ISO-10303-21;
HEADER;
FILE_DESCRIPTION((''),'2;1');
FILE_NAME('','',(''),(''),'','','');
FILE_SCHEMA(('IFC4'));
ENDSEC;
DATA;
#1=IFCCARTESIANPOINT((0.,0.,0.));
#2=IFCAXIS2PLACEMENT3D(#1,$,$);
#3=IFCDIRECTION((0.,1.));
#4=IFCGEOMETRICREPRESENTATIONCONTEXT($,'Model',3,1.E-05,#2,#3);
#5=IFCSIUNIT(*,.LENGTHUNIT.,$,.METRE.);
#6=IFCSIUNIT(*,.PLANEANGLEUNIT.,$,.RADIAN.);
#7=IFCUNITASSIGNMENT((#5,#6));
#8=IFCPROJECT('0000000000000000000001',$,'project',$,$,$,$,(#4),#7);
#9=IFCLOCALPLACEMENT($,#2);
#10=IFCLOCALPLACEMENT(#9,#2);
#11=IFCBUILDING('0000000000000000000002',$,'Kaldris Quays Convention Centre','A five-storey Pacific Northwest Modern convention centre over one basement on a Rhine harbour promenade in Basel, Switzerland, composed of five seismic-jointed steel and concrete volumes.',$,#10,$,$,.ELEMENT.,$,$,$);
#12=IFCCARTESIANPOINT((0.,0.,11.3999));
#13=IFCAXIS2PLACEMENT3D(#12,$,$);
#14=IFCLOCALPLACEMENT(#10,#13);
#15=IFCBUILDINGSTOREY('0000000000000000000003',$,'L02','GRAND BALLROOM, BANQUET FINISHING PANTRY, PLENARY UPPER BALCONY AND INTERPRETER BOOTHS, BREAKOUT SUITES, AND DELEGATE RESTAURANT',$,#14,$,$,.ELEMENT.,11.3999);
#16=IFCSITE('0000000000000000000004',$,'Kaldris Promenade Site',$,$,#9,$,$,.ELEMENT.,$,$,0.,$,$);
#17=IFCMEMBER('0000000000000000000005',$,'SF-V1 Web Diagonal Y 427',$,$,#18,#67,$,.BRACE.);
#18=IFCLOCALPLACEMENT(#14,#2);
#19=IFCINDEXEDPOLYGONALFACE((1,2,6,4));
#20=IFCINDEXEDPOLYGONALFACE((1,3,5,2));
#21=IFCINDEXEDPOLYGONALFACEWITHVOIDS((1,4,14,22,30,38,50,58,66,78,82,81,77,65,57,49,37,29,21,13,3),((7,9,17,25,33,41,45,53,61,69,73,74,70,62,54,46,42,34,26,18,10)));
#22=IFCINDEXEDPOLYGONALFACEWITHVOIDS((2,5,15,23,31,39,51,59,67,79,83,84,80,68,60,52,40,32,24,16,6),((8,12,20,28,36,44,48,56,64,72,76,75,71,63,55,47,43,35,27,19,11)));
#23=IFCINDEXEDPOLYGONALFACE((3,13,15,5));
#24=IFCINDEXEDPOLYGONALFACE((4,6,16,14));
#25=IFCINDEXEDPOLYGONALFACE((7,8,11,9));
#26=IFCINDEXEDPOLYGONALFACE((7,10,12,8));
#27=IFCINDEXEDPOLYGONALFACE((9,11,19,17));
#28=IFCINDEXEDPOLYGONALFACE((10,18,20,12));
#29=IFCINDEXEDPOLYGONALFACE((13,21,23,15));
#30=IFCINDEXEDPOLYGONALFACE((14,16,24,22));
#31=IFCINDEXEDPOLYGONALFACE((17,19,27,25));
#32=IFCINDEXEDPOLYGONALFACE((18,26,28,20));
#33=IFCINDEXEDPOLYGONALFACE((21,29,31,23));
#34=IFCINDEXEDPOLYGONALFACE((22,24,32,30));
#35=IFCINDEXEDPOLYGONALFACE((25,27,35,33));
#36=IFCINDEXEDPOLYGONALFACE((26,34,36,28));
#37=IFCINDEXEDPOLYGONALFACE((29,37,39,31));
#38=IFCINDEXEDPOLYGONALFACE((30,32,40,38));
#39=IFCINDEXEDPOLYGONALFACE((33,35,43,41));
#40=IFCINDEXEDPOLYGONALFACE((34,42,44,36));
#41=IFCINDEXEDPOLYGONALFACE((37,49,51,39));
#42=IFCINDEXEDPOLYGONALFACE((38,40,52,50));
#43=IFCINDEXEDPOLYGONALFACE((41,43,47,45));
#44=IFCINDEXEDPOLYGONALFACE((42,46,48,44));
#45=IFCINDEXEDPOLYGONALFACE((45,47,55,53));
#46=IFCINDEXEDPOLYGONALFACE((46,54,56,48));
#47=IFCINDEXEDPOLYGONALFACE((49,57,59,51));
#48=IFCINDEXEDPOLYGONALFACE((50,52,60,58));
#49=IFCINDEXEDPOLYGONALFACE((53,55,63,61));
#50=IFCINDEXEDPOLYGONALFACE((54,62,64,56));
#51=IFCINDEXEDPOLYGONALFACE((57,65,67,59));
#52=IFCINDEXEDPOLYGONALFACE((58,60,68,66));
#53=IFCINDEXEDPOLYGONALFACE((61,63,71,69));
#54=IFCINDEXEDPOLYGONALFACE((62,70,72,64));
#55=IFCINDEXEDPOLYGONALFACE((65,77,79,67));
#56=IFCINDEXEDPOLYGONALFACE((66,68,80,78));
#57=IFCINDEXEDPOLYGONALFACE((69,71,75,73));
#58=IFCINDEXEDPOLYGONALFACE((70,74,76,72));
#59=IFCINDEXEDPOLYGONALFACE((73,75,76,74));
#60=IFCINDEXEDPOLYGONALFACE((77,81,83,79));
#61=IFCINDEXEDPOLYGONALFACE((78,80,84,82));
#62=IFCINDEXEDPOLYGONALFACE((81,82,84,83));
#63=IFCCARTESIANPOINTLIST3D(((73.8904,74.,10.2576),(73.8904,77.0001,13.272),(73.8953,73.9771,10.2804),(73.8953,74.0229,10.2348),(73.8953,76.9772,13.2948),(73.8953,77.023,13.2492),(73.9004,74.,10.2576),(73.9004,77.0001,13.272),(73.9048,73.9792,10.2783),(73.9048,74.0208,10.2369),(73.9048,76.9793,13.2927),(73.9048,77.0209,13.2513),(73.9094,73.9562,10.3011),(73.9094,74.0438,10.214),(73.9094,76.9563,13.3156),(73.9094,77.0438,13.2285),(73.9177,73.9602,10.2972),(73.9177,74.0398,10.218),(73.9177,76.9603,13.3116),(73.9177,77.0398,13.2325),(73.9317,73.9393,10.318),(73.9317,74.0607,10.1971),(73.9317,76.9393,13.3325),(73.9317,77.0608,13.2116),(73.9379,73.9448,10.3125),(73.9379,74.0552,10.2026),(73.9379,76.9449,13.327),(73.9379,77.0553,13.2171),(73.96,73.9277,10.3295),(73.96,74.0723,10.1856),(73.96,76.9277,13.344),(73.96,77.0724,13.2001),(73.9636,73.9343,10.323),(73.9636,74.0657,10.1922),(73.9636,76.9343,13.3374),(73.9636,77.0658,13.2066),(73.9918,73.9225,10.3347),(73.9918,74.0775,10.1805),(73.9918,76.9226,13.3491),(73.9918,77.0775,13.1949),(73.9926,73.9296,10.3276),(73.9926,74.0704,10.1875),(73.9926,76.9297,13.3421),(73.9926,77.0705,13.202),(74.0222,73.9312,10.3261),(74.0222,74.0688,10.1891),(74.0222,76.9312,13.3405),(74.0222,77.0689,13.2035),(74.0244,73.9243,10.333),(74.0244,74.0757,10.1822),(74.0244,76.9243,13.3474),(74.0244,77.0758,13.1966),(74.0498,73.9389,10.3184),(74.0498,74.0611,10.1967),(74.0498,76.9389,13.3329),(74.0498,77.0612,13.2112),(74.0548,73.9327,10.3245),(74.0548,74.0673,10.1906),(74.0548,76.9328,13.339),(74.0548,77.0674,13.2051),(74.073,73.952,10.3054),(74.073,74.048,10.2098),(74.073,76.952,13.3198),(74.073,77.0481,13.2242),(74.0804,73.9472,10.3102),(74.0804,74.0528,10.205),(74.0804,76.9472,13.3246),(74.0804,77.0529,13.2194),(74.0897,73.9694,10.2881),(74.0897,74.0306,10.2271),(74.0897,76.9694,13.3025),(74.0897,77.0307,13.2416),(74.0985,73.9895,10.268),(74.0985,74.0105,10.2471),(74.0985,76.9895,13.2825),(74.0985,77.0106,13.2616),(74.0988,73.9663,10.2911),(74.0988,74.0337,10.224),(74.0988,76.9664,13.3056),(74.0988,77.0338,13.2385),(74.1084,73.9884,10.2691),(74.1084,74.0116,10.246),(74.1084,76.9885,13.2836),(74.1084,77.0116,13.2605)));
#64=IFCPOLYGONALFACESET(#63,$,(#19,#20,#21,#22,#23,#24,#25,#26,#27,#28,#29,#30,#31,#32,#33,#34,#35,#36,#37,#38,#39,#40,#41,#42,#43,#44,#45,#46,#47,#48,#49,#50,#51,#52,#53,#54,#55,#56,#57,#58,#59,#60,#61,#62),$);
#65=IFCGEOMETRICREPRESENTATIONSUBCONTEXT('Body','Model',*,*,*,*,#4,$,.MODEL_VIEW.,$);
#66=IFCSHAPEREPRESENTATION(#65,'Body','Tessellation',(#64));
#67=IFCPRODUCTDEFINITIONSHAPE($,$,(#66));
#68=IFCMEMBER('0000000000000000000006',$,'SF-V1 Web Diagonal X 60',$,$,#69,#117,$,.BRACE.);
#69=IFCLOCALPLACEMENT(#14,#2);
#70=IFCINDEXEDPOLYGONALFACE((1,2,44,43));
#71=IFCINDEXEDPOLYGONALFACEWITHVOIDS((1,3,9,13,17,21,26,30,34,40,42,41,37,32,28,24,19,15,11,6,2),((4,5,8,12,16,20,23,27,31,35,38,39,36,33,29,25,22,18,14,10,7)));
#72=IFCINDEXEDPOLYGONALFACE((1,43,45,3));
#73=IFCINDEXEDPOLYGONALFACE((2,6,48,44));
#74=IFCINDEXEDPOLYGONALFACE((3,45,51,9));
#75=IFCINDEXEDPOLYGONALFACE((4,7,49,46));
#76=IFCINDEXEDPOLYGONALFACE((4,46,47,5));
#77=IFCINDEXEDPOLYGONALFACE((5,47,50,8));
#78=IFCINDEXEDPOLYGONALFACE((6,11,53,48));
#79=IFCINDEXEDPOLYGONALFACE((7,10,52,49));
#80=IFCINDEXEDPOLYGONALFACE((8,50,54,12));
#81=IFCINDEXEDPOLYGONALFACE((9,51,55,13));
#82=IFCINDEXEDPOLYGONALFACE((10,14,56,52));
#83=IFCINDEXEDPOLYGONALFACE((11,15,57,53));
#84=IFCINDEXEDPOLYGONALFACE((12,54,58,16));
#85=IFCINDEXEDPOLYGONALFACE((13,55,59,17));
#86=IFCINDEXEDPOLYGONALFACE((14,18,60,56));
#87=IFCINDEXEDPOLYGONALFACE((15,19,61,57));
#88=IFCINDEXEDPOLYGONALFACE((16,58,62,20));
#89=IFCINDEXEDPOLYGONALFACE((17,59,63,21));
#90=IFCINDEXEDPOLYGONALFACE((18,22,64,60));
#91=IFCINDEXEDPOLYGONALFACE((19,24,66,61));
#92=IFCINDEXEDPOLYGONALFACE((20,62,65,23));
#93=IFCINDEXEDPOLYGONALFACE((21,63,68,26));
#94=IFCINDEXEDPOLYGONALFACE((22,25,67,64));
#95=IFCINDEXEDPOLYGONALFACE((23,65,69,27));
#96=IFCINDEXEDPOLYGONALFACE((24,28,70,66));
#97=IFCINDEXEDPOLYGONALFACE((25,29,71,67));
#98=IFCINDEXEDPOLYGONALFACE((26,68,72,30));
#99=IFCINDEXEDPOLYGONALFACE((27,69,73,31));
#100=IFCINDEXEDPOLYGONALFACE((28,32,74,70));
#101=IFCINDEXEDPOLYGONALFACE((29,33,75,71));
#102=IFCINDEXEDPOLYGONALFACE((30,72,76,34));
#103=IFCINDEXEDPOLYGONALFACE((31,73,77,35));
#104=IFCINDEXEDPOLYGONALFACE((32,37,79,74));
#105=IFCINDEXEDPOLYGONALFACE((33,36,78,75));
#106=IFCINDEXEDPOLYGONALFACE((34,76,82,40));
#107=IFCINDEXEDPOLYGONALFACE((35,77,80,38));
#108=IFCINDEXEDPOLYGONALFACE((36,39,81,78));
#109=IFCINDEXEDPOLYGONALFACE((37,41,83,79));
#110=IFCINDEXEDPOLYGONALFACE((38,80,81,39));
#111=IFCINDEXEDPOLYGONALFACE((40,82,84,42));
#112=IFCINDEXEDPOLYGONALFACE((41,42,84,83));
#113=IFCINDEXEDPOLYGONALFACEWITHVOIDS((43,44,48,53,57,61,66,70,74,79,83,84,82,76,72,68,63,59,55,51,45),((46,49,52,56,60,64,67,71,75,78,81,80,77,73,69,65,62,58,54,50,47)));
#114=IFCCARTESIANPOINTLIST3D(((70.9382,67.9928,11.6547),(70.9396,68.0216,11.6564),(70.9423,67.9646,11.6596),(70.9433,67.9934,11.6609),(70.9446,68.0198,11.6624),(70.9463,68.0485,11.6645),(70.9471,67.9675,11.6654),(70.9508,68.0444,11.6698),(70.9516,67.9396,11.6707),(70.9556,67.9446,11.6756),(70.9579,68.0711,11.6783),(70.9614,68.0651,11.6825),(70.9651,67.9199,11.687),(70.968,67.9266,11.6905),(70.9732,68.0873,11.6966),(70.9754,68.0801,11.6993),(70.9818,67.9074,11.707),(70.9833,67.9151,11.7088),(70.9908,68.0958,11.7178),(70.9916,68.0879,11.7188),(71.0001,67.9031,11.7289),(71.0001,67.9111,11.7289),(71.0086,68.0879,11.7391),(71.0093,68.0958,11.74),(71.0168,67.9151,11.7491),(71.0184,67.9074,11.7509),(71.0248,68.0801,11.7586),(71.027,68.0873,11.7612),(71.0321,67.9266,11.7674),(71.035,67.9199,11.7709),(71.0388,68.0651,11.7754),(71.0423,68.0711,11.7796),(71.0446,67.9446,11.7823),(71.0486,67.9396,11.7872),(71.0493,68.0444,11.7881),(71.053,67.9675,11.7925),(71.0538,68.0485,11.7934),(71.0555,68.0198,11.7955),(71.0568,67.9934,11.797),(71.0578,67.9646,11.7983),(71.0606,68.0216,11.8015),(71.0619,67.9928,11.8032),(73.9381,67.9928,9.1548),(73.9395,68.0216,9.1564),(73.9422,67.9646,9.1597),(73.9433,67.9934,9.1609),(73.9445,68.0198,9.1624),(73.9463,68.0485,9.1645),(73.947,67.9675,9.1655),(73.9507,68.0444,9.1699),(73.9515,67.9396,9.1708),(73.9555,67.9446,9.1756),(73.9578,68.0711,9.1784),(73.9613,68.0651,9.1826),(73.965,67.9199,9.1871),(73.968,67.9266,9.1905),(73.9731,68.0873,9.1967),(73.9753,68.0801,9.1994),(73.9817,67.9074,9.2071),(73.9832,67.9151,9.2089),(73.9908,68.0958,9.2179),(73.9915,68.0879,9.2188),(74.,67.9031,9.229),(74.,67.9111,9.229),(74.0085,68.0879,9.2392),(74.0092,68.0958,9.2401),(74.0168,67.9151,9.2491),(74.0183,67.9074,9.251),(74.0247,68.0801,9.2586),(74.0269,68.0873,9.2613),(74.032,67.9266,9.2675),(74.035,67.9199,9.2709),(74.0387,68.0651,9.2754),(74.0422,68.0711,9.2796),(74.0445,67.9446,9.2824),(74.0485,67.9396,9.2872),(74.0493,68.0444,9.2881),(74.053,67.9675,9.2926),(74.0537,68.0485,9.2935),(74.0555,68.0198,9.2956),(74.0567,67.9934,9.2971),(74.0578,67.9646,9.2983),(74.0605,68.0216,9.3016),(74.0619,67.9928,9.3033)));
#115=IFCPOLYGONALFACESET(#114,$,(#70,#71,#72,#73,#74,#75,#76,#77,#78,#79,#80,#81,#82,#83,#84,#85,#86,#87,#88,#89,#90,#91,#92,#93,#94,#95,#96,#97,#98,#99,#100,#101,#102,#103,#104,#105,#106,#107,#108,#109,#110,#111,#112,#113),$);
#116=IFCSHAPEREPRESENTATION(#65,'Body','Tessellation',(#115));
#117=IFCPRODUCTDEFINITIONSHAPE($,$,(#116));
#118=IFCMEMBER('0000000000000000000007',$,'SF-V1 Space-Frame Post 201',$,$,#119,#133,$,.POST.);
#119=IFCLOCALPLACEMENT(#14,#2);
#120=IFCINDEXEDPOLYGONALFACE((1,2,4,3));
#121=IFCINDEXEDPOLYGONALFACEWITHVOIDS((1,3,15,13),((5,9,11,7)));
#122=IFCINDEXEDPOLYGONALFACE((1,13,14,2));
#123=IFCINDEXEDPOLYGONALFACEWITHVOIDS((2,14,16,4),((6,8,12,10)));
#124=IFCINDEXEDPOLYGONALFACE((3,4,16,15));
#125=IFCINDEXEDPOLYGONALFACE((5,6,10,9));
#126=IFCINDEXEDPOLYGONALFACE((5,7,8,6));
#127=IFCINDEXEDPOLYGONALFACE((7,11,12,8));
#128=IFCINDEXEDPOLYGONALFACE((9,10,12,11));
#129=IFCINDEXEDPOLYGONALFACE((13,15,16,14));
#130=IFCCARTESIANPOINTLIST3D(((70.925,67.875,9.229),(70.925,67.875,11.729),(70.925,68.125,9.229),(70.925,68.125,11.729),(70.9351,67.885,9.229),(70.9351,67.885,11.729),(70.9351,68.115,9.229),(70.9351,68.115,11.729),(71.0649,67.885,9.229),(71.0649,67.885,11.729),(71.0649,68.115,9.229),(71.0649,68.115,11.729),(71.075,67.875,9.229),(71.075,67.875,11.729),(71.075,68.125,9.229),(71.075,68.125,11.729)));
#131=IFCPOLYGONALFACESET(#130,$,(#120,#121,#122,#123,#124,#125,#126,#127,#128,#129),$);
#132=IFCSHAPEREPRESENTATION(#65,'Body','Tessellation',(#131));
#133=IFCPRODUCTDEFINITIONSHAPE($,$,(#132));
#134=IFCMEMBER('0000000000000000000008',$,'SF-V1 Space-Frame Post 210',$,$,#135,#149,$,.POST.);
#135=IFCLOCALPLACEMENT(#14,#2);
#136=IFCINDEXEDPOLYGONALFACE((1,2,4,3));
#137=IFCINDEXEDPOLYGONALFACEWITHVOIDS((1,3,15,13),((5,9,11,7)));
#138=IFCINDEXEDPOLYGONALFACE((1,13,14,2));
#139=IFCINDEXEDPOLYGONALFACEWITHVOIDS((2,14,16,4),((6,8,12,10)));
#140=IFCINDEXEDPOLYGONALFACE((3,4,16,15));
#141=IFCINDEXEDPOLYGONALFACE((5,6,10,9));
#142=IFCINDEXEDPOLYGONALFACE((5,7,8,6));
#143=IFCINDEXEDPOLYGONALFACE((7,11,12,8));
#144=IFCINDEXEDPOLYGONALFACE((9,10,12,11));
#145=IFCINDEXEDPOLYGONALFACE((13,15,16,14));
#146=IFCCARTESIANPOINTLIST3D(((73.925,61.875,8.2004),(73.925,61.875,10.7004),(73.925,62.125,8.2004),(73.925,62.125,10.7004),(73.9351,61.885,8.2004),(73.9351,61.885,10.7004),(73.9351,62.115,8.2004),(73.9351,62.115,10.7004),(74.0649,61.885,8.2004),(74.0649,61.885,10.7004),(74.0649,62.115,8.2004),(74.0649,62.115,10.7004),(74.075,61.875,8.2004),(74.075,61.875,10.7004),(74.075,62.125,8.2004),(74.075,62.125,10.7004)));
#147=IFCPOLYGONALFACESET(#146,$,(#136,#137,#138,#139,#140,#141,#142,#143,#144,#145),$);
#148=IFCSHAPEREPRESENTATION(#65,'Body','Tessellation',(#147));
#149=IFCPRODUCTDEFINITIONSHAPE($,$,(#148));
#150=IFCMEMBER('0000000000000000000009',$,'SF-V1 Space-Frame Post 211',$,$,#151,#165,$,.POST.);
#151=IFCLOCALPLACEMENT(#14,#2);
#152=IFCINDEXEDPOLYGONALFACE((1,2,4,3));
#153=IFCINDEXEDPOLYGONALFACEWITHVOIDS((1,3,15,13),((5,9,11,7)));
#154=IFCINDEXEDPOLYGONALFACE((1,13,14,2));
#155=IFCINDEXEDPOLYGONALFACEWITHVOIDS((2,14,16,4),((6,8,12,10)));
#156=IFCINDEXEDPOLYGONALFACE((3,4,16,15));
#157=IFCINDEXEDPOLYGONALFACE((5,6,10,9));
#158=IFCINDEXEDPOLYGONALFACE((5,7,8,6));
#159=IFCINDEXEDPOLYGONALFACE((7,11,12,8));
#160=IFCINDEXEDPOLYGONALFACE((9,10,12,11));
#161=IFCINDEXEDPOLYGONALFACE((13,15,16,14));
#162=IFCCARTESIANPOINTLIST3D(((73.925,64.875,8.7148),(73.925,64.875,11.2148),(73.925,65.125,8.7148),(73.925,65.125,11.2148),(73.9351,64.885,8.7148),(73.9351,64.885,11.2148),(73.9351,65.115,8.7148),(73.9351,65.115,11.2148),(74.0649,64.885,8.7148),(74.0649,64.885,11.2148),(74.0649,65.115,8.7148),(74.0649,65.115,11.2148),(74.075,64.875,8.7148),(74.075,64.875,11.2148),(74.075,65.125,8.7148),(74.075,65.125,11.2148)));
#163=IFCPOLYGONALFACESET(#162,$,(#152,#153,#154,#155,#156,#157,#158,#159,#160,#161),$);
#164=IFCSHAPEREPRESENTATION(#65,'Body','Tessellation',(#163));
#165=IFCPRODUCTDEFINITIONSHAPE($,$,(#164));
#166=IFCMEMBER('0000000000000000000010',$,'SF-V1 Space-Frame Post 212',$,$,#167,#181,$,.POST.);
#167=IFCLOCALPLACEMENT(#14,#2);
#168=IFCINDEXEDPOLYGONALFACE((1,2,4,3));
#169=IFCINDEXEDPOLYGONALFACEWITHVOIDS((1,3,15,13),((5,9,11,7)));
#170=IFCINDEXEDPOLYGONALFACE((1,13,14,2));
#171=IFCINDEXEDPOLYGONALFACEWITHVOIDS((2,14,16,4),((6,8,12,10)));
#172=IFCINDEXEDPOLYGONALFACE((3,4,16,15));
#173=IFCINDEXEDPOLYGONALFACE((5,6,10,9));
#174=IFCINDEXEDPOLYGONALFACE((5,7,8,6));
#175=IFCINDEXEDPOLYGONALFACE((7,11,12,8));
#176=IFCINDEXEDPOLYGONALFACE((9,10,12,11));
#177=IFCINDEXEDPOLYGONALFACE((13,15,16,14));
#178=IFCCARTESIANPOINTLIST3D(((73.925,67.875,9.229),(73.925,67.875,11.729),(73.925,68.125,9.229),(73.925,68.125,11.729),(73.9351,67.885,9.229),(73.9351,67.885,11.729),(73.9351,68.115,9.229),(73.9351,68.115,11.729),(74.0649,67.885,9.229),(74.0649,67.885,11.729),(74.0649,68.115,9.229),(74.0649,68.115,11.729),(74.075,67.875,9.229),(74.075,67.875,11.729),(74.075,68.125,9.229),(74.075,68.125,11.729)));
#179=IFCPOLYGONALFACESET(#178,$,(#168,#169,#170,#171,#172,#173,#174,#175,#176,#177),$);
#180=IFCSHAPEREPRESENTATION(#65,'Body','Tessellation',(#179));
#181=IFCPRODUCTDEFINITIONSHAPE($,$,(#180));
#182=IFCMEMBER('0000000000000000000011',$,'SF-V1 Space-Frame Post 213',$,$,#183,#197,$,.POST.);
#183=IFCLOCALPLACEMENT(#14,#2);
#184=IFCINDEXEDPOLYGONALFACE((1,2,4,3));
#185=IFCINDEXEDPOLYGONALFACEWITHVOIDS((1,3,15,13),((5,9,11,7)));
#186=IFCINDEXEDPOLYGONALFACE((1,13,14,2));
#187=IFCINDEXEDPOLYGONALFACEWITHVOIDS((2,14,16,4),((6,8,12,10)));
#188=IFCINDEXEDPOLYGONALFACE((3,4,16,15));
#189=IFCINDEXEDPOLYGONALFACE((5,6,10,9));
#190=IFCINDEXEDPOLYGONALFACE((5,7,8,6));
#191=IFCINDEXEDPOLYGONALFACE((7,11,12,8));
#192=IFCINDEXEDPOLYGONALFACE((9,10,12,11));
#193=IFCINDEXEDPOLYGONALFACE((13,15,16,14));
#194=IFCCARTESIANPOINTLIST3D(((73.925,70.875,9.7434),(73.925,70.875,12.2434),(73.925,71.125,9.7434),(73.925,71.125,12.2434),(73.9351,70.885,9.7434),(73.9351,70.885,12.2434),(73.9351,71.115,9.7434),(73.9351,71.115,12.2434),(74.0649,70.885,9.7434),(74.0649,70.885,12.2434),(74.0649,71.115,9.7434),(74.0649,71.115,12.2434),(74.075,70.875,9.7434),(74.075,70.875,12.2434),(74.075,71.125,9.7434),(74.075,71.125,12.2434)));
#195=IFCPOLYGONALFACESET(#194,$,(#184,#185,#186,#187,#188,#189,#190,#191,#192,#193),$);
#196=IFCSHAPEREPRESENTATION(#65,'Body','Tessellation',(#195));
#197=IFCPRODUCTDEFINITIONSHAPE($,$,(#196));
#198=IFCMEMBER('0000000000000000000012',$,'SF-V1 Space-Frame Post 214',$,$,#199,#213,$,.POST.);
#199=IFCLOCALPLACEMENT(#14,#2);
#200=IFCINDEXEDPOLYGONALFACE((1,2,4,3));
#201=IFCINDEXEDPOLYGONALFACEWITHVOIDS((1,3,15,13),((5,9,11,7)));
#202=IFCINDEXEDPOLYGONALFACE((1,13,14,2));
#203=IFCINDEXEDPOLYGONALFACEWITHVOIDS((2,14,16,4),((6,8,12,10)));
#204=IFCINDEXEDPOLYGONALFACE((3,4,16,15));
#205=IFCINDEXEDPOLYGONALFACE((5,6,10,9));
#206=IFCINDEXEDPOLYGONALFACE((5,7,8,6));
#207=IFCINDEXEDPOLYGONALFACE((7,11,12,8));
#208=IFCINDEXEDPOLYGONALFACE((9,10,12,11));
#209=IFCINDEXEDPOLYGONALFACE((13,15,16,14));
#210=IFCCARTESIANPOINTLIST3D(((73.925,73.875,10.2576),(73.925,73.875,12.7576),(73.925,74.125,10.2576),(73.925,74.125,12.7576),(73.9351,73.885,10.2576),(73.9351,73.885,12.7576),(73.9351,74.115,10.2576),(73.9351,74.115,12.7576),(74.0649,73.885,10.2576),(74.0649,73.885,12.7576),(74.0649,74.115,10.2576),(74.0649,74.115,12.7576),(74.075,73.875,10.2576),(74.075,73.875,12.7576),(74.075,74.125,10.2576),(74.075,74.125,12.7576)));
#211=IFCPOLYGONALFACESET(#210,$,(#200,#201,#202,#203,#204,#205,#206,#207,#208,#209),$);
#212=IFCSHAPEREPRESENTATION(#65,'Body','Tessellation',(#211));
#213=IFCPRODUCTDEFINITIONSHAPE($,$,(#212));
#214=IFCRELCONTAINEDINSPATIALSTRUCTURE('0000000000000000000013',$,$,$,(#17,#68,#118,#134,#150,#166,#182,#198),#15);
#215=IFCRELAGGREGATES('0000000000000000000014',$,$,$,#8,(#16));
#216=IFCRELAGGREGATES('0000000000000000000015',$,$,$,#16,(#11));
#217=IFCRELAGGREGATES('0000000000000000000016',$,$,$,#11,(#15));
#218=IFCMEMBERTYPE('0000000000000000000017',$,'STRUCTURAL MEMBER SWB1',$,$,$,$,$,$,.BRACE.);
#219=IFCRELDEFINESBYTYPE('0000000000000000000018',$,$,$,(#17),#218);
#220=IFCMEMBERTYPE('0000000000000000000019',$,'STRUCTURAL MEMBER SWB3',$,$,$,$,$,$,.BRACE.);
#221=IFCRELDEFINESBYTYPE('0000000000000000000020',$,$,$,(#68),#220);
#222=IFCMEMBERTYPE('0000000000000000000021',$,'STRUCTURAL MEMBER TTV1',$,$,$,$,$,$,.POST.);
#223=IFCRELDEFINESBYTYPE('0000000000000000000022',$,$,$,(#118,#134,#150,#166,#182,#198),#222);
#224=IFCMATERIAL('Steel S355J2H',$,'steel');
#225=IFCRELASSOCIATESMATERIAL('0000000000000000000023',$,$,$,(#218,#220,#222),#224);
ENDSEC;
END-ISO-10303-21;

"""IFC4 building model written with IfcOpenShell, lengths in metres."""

from ifc_helpers import new_model, si_unit, direction, frame, origin, origin_2d, place, context, subcontext, project, spatial, hollow_rectangle, hollow_circle, extrude, material, material_profile, profile_set, type_object, element, save


model = new_model("IFC4")

# Units and contexts
model_context = context("Model", 3, precision=1e-05, world=origin(), true_north=direction((0.0, 1.0)))
body_context = subcontext(model_context, "Body", "Model", "MODEL_VIEW")
ifc_project = project(units=[si_unit("LENGTHUNIT", "METRE"), si_unit("PLANEANGLEUNIT", "RADIAN")], contexts=[model_context])

# Site, building, storey
site_placement = place(None, origin())
site = spatial("IfcSite", under=ifc_project, at=site_placement, Name="Kaldris Promenade Site", CompositionType="ELEMENT", RefElevation=0.0)
building_placement = place(site_placement, origin())
building = spatial("IfcBuilding", under=site, at=building_placement, Name="Kaldris Quays Convention Centre", Description="A five-storey Pacific Northwest Modern convention centre over one basement on a Rhine harbour promenade in Basel, Switzerland, composed of five seismic-jointed steel and concrete volumes.", CompositionType="ELEMENT")
storey_placement = place(building_placement, frame((0.0, 0.0, 11.3999)))
storey = spatial("IfcBuildingStorey", under=building, at=storey_placement, Name="L02", Description="GRAND BALLROOM, BANQUET FINISHING PANTRY, PLENARY UPPER BALCONY AND INTERPRETER BOOTHS, BREAKOUT SUITES, AND DELEGATE RESTAURANT", CompositionType="ELEMENT", Elevation=11.3999)

# Members
ifc_material_1 = material(Name="Steel S355J2H", Category="steel")
ifc_material_profile_1 = material_profile(ifc_material_1, hollow_circle(Radius=0.1096, WallThickness=0.01, at=origin_2d()), Name="CHS 219.1x10")
ifc_profile_set_1 = profile_set([ifc_material_profile_1], Name="Steel S355J2H")
member_type_1 = type_object("IfcMemberType", Name="STRUCTURAL MEMBER SWB1", PredefinedType="BRACE", material=ifc_profile_set_1)
member_1_placement = place(storey_placement, frame((74.0, 74.0, 10.2576), z_axis=(0.0, 0.705411, 0.708798), x_axis=(-1.0, 0.0, 0.0)))
element("IfcMember", 1, at=member_1_placement, inside=storey, type_object=member_type_1, Name="SF-V1 Web Diagonal Y 427", PredefinedType="BRACE", context=body_context, shape_type="SweptSolid", body=[
    extrude(hollow_circle(Radius=0.1096, WallThickness=0.01, at=origin_2d()), origin(), (0.0, 0.0, 1.0), 4.2529),
])
ifc_material_profile_2 = material_profile(ifc_material_1, hollow_circle(Radius=0.0969, WallThickness=0.0081, at=origin_2d()), Name="CHS 193.7x8")
ifc_profile_set_2 = profile_set([ifc_material_profile_2], Name="Steel S355J2H")
member_type_2 = type_object("IfcMemberType", Name="STRUCTURAL MEMBER SWB3", PredefinedType="BRACE", material=ifc_profile_set_2)
member_2_placement = place(storey_placement, frame((74.0, 68.0, 9.229), z_axis=(-0.768221, 0.0, 0.640184), x_axis=(0.0, -1.0, 0.0)))
element("IfcMember", 2, at=member_2_placement, inside=storey, type_object=member_type_2, Name="SF-V1 Web Diagonal X 60", PredefinedType="BRACE", context=body_context, shape_type="SweptSolid", body=[
    extrude(hollow_circle(Radius=0.0969, WallThickness=0.0081, at=origin_2d()), origin(), (0.0, 0.0, 1.0), 3.905),
])
ifc_material_profile_3 = material_profile(ifc_material_1, hollow_rectangle(XDim=0.1499, YDim=0.25, WallThickness=0.01, at=origin_2d()), Name="RHS 250x150x10")
ifc_profile_set_3 = profile_set([ifc_material_profile_3], Name="Steel S355J2H")
member_type_3 = type_object("IfcMemberType", Name="STRUCTURAL MEMBER TTV1", PredefinedType="POST", material=ifc_profile_set_3)
for number, where, z_axis, x_axis, name in (
    (3, (71.0, 68.0, 9.229), (0.0, 0.0, 1.0), (1.0, 0.0, 0.0), "SF-V1 Space-Frame Post 201"),
    (4, (74.0, 62.0, 8.2004), (0.0, 0.0, 1.0), (1.0, 0.0, 0.0), "SF-V1 Space-Frame Post 210"),
    (5, (74.0, 65.0, 8.7148), (0.0, 0.0, 1.0), (1.0, 0.0, 0.0), "SF-V1 Space-Frame Post 211"),
    (6, (74.0, 68.0, 9.229), (0.0, 0.0, 1.0), (1.0, 0.0, 0.0), "SF-V1 Space-Frame Post 212"),
    (7, (74.0, 71.0, 9.7434), (0.0, 0.0, 1.0), (1.0, 0.0, 0.0), "SF-V1 Space-Frame Post 213"),
    (8, (74.0, 74.0, 10.2576), (0.0, 0.0, 1.0), (1.0, 0.0, 0.0), "SF-V1 Space-Frame Post 214"),
):
    element("IfcMember", number, at=place(storey_placement, frame(where, z_axis=z_axis, x_axis=x_axis)), inside=storey, type_object=member_type_3, Name=name, PredefinedType="POST", context=body_context, shape_type="SweptSolid", body=[
        extrude(hollow_rectangle(XDim=0.1499, YDim=0.25, WallThickness=0.01, at=origin_2d()), origin(), (0.0, 0.0, 1.0), 2.5),
    ])

save(model, "model.ifc")
